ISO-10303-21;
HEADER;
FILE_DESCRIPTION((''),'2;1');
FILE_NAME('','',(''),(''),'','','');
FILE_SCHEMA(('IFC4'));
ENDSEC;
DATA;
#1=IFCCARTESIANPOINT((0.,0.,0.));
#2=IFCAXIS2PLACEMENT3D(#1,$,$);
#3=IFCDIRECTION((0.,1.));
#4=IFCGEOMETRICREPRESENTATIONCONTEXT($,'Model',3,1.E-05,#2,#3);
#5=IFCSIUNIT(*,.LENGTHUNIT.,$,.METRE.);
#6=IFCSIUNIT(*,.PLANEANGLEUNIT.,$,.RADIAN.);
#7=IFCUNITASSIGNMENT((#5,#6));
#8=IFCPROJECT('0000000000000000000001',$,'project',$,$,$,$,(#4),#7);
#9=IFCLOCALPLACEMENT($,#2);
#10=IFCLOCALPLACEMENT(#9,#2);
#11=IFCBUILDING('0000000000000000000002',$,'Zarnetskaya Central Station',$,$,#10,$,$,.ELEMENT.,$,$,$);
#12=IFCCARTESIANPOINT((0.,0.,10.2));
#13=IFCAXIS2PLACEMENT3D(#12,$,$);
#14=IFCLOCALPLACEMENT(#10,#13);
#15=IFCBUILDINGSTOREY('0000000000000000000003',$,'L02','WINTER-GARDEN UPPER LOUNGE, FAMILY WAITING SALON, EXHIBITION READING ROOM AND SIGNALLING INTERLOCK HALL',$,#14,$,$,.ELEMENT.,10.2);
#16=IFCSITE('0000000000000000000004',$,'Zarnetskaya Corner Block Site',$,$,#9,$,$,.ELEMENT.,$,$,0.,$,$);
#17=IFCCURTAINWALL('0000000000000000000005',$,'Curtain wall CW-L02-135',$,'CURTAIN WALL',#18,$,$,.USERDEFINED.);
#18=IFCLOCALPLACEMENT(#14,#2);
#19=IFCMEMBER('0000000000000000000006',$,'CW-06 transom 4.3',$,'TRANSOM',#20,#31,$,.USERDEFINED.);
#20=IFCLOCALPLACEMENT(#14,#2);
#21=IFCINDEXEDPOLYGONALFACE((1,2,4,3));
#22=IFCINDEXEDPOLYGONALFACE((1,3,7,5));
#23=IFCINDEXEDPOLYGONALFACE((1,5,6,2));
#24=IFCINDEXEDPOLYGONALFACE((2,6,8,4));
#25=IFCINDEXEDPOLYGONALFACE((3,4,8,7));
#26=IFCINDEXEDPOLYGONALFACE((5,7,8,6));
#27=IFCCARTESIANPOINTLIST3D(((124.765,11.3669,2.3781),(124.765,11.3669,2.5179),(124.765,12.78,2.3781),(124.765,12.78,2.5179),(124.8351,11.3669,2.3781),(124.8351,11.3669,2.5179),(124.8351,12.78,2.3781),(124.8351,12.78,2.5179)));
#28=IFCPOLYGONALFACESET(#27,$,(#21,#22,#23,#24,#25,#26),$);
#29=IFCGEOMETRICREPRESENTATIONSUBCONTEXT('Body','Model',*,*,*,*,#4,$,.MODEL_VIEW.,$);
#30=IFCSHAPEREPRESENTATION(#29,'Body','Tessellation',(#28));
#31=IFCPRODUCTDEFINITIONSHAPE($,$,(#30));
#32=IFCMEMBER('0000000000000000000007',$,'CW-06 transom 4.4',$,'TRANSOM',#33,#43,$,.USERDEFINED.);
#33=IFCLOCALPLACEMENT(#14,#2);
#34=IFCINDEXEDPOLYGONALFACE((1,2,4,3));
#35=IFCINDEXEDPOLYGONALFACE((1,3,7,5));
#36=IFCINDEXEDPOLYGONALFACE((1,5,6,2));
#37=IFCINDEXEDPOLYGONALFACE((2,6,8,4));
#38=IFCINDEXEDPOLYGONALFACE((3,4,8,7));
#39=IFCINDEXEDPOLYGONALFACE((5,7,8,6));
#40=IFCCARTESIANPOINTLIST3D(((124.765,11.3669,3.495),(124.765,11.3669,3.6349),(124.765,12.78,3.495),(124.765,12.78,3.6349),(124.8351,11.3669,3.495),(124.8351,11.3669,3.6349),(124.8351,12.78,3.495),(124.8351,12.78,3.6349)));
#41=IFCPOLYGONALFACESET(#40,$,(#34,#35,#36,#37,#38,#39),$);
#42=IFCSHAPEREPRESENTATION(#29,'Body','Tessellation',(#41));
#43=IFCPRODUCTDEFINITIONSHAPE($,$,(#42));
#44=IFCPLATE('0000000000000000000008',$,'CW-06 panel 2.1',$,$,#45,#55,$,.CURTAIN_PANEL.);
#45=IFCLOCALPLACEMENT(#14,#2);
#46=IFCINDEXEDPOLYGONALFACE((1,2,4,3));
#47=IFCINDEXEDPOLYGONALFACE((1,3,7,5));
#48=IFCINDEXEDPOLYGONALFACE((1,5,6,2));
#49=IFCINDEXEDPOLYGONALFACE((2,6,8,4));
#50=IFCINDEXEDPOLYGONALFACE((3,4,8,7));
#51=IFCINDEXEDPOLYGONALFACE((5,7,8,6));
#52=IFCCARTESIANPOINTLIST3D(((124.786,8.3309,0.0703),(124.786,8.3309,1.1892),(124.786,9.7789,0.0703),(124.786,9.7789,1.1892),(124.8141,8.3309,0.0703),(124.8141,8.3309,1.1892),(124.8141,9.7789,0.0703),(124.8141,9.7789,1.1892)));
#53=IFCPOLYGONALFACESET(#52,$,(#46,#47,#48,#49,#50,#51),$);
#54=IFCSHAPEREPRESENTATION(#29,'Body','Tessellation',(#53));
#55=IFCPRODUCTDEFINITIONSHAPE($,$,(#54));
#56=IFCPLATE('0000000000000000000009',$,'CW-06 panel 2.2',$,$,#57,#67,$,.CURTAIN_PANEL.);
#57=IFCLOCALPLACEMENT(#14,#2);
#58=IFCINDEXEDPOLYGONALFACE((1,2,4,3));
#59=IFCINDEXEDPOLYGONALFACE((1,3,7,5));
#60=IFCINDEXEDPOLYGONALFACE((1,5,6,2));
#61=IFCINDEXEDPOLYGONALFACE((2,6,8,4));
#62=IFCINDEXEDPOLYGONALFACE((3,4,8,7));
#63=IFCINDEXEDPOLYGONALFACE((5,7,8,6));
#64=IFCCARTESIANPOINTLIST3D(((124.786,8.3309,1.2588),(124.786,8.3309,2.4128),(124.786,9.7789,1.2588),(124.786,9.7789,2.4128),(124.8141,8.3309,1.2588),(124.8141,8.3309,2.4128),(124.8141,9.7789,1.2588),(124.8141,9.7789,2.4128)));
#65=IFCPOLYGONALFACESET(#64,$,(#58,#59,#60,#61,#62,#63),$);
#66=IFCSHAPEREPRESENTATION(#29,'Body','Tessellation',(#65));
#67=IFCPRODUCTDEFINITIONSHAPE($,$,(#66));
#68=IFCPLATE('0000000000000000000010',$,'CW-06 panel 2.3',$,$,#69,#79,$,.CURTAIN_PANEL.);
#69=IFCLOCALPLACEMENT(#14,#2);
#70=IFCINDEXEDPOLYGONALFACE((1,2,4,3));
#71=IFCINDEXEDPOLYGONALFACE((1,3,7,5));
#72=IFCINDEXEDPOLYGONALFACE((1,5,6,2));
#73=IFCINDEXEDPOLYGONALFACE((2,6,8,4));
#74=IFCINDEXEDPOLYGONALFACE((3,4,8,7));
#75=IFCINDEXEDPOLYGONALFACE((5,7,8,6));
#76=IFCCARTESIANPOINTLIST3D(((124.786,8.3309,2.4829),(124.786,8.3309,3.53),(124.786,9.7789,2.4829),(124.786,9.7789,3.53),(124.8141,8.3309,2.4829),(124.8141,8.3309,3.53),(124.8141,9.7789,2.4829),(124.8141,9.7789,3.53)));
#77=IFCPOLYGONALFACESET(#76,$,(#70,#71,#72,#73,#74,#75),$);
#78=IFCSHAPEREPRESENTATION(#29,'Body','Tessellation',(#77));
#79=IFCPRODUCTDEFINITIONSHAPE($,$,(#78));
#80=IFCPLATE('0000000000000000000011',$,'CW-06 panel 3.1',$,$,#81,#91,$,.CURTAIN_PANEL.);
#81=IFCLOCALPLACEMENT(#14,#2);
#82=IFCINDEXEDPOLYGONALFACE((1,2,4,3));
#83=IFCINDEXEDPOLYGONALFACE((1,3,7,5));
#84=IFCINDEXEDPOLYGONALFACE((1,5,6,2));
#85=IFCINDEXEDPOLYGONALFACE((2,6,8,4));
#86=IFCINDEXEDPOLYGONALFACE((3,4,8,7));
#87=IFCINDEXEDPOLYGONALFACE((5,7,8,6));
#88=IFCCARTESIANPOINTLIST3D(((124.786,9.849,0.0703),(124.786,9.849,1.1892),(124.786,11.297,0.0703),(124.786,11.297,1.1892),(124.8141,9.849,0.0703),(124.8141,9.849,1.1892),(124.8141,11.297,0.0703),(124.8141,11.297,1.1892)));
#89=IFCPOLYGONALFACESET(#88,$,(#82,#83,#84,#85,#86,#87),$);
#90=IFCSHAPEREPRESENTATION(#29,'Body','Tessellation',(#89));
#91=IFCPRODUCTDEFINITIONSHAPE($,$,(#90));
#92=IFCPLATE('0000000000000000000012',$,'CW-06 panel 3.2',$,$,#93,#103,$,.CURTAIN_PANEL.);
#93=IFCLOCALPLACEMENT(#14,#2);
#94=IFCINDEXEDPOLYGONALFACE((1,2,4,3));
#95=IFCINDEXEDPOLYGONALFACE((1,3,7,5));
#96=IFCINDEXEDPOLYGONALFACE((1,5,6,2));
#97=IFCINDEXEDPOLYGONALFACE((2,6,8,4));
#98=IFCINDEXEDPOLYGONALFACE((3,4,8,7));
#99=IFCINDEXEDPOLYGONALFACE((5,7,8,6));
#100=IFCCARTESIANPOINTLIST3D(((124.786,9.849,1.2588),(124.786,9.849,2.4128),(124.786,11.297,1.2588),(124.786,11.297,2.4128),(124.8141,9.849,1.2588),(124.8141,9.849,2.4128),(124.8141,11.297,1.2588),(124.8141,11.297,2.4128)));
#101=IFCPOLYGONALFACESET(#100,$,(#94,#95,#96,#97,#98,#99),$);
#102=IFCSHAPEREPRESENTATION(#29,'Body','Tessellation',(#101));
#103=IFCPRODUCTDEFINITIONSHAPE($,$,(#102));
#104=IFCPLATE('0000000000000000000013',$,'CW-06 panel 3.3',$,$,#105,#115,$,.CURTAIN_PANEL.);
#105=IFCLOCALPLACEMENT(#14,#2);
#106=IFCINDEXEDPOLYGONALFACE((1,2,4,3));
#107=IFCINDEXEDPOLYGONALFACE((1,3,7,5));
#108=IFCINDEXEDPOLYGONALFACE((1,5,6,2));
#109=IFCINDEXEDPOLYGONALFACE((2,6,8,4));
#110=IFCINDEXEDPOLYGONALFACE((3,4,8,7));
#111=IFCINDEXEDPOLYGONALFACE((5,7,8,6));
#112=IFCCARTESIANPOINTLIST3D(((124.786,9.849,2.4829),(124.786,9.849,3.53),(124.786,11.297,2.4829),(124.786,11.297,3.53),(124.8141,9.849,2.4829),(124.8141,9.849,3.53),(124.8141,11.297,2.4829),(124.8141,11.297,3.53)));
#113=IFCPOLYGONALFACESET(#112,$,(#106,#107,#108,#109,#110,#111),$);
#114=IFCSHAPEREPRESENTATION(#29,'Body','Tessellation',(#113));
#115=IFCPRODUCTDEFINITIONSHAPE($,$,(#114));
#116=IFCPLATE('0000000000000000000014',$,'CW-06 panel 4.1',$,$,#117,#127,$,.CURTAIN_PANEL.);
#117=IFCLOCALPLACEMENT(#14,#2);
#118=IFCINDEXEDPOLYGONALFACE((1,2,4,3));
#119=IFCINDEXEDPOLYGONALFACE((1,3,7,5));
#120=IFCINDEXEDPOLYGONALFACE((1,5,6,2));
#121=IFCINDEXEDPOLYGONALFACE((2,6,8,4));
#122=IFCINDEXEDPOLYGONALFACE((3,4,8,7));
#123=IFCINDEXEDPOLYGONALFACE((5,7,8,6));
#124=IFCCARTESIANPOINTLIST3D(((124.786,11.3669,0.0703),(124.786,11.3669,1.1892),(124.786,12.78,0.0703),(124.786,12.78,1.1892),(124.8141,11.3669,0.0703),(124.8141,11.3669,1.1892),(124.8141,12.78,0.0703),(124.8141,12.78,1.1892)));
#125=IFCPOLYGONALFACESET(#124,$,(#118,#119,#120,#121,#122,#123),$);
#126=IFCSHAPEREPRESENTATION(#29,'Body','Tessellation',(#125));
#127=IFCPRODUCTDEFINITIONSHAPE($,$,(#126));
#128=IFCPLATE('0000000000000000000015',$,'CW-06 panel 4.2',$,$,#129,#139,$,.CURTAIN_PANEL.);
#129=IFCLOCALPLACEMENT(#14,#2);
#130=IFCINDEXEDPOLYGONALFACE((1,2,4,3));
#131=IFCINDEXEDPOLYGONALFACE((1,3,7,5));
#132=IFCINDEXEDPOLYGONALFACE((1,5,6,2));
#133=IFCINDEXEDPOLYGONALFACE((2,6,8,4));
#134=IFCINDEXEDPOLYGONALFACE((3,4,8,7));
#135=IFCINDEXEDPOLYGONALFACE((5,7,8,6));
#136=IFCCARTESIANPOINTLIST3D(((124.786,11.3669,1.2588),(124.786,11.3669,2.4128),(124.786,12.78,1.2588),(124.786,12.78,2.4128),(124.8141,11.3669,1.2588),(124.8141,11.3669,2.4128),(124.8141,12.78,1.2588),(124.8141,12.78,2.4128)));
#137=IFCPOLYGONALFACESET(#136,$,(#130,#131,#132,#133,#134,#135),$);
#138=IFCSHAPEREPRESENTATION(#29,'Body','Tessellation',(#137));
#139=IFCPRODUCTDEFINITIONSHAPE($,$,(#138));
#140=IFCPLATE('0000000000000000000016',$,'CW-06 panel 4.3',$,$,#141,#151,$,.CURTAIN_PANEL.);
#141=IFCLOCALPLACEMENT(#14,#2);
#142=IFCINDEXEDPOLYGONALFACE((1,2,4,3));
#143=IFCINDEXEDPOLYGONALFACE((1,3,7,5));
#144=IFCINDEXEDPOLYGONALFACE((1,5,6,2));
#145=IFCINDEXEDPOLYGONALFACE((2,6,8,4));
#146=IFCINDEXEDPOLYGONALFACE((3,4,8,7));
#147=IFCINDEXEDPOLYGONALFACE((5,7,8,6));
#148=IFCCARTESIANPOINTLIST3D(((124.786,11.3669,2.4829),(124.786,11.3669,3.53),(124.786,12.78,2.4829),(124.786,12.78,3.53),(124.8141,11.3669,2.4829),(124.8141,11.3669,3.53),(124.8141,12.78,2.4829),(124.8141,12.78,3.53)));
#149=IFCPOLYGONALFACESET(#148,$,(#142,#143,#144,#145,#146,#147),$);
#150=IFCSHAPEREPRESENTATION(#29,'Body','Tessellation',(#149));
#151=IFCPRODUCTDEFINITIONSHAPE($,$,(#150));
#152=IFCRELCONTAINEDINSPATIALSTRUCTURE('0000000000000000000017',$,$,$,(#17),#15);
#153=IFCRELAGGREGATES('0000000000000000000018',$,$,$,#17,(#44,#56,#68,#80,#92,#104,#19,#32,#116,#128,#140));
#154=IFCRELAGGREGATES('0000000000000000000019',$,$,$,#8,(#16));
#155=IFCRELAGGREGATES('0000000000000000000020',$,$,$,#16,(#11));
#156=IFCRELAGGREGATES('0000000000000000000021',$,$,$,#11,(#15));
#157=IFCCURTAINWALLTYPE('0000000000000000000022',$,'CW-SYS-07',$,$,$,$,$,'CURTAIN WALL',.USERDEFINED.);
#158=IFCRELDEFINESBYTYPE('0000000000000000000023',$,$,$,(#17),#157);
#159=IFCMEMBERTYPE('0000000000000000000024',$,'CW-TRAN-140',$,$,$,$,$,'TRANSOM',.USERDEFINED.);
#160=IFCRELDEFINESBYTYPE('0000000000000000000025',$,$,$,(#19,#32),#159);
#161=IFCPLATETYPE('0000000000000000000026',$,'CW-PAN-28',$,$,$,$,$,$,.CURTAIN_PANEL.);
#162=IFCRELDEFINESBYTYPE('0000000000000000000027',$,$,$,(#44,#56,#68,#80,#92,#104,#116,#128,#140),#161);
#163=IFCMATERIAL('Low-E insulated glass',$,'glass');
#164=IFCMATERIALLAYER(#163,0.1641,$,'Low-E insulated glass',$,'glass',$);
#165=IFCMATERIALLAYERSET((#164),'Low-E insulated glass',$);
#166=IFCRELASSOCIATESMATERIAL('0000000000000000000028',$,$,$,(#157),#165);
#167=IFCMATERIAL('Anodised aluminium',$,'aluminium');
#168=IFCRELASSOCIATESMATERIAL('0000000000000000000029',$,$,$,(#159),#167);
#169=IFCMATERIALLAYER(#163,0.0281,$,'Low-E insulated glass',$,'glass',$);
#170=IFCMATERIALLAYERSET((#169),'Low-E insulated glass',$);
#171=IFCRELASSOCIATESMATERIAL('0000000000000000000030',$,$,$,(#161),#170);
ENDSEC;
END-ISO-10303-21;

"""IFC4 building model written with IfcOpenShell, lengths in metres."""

from ifc_helpers import new_model, si_unit, direction, frame, origin, origin_2d, place, context, subcontext, project, spatial, rectangle, extrude, material, layer, layer_set, material_profile, profile_set, type_object, element, aggregate, save


model = new_model("IFC4")

# Units and contexts
model_context = context("Model", 3, precision=1e-05, world=origin(), true_north=direction((0.0, 1.0)))
body_context = subcontext(model_context, "Body", "Model", "MODEL_VIEW")
ifc_project = project(units=[si_unit("LENGTHUNIT", "METRE"), si_unit("PLANEANGLEUNIT", "RADIAN")], contexts=[model_context])

# Site, building, storey
site_placement = place(None, origin())
site = spatial("IfcSite", under=ifc_project, at=site_placement, Name="Zarnetskaya Corner Block Site", CompositionType="ELEMENT", RefElevation=0.0)
building_placement = place(site_placement, origin())
building = spatial("IfcBuilding", under=site, at=building_placement, Name="Zarnetskaya Central Station", CompositionType="ELEMENT")
storey_placement = place(building_placement, frame((0.0, 0.0, 10.2)))
storey = spatial("IfcBuildingStorey", under=building, at=storey_placement, Name="L02", Description="WINTER-GARDEN UPPER LOUNGE, FAMILY WAITING SALON, EXHIBITION READING ROOM AND SIGNALLING INTERLOCK HALL", CompositionType="ELEMENT", Elevation=10.2)

# Curtain wall, members, plates
ifc_material_1 = material(Name="Low-E insulated glass", Category="glass")
ifc_layer_1 = layer(ifc_material_1, 0.1641, Name="Low-E insulated glass", Category="glass")
ifc_layer_set_1 = layer_set([ifc_layer_1], Name="Low-E insulated glass")
curtain_wall_type = type_object("IfcCurtainWallType", Name="CW-SYS-07", ElementType="CURTAIN WALL", PredefinedType="USERDEFINED", material=ifc_layer_set_1)
curtain_wall_placement = place(storey_placement, origin())
curtain_wall = element("IfcCurtainWall", 1, at=curtain_wall_placement, inside=storey, type_object=curtain_wall_type, Name="Curtain wall CW-L02-135", ObjectType="CURTAIN WALL", PredefinedType="USERDEFINED")
ifc_material_2 = material(Name="Anodised aluminium", Category="aluminium")
ifc_material_profile_1 = material_profile(ifc_material_2, rectangle(XDim=0.0701, YDim=0.1399, at=origin_2d()), Name="ALU TRAN 70x140")
ifc_profile_set_1 = profile_set([ifc_material_profile_1], Name="Anodised aluminium")
member_type_1 = type_object("IfcMemberType", Name="CW-TRAN-140", ElementType="TRANSOM", PredefinedType="USERDEFINED", material=ifc_profile_set_1)
member_1_placement = place(storey_placement, frame((124.8, 11.3669, 2.448), z_axis=(0.0, 1.0, 0.0), x_axis=(-1.0, 0.0, 0.0)))
member_1 = element("IfcMember", 2, at=member_1_placement, type_object=member_type_1, Name="CW-06 transom 4.3", ObjectType="TRANSOM", PredefinedType="USERDEFINED", context=body_context, shape_type="SweptSolid", body=[
    extrude(rectangle(XDim=0.0701, YDim=0.1399, at=origin_2d()), origin(), (0.0, 0.0, 1.0), 1.4131),
])
member_2_placement = place(storey_placement, frame((124.8, 11.3669, 3.5649), z_axis=(0.0, 1.0, 0.0), x_axis=(-1.0, 0.0, 0.0)))
member_2 = element("IfcMember", 3, at=member_2_placement, type_object=member_type_1, Name="CW-06 transom 4.4", ObjectType="TRANSOM", PredefinedType="USERDEFINED", context=body_context, shape_type="SweptSolid", body=[
    extrude(rectangle(XDim=0.0701, YDim=0.1399, at=origin_2d()), origin(), (0.0, 0.0, 1.0), 1.4131),
])
ifc_layer_2 = layer(ifc_material_1, 0.0281, Name="Low-E insulated glass", Category="glass")
ifc_layer_set_2 = layer_set([ifc_layer_2], Name="Low-E insulated glass")
plate_type = type_object("IfcPlateType", Name="CW-PAN-28", PredefinedType="CURTAIN_PANEL", material=ifc_layer_set_2)
plate_1_placement = place(storey_placement, frame((124.8, 9.0549, 0.0703), z_axis=(0.0, 0.0, 1.0), x_axis=(0.0, 1.0, 0.0)))
plate_1 = element("IfcPlate", 4, at=plate_1_placement, type_object=plate_type, Name="CW-06 panel 2.1", PredefinedType="CURTAIN_PANEL", context=body_context, shape_type="SweptSolid", body=[
    extrude(rectangle(XDim=1.448, YDim=0.0281, at=origin_2d()), origin(), (0.0, 0.0, 1.0), 1.1189),
])
plate_2_placement = place(storey_placement, frame((124.8, 9.0549, 1.2588), z_axis=(0.0, 0.0, 1.0), x_axis=(0.0, 1.0, 0.0)))
plate_2 = element("IfcPlate", 5, at=plate_2_placement, type_object=plate_type, Name="CW-06 panel 2.2", PredefinedType="CURTAIN_PANEL", context=body_context, shape_type="SweptSolid", body=[
    extrude(rectangle(XDim=1.448, YDim=0.0281, at=origin_2d()), origin(), (0.0, 0.0, 1.0), 1.1541),
])
plate_3_placement = place(storey_placement, frame((124.8, 9.0549, 2.4829), z_axis=(0.0, 0.0, 1.0), x_axis=(0.0, 1.0, 0.0)))
plate_3 = element("IfcPlate", 6, at=plate_3_placement, type_object=plate_type, Name="CW-06 panel 2.3", PredefinedType="CURTAIN_PANEL", context=body_context, shape_type="SweptSolid", body=[
    extrude(rectangle(XDim=1.448, YDim=0.0281, at=origin_2d()), origin(), (0.0, 0.0, 1.0), 1.0471),
])
plate_4_placement = place(storey_placement, frame((124.8, 10.573, 0.0703), z_axis=(0.0, 0.0, 1.0), x_axis=(0.0, 1.0, 0.0)))
plate_4 = element("IfcPlate", 7, at=plate_4_placement, type_object=plate_type, Name="CW-06 panel 3.1", PredefinedType="CURTAIN_PANEL", context=body_context, shape_type="SweptSolid", body=[
    extrude(rectangle(XDim=1.448, YDim=0.0281, at=origin_2d()), origin(), (0.0, 0.0, 1.0), 1.1189),
])
plate_5_placement = place(storey_placement, frame((124.8, 10.573, 1.2588), z_axis=(0.0, 0.0, 1.0), x_axis=(0.0, 1.0, 0.0)))
plate_5 = element("IfcPlate", 8, at=plate_5_placement, type_object=plate_type, Name="CW-06 panel 3.2", PredefinedType="CURTAIN_PANEL", context=body_context, shape_type="SweptSolid", body=[
    extrude(rectangle(XDim=1.448, YDim=0.0281, at=origin_2d()), origin(), (0.0, 0.0, 1.0), 1.1541),
])
plate_6_placement = place(storey_placement, frame((124.8, 10.573, 2.4829), z_axis=(0.0, 0.0, 1.0), x_axis=(0.0, 1.0, 0.0)))
plate_6 = element("IfcPlate", 9, at=plate_6_placement, type_object=plate_type, Name="CW-06 panel 3.3", PredefinedType="CURTAIN_PANEL", context=body_context, shape_type="SweptSolid", body=[
    extrude(rectangle(XDim=1.448, YDim=0.0281, at=origin_2d()), origin(), (0.0, 0.0, 1.0), 1.0471),
])
plate_7_placement = place(storey_placement, frame((124.8, 12.0735, 0.0703), z_axis=(0.0, 0.0, 1.0), x_axis=(0.0, 1.0, 0.0)))
plate_7 = element("IfcPlate", 10, at=plate_7_placement, type_object=plate_type, Name="CW-06 panel 4.1", PredefinedType="CURTAIN_PANEL", context=body_context, shape_type="SweptSolid", body=[
    extrude(rectangle(XDim=1.4131, YDim=0.0281, at=origin_2d()), origin(), (0.0, 0.0, 1.0), 1.1189),
])
plate_8_placement = place(storey_placement, frame((124.8, 12.0735, 1.2588), z_axis=(0.0, 0.0, 1.0), x_axis=(0.0, 1.0, 0.0)))
plate_8 = element("IfcPlate", 11, at=plate_8_placement, type_object=plate_type, Name="CW-06 panel 4.2", PredefinedType="CURTAIN_PANEL", context=body_context, shape_type="SweptSolid", body=[
    extrude(rectangle(XDim=1.4131, YDim=0.0281, at=origin_2d()), origin(), (0.0, 0.0, 1.0), 1.1541),
])
plate_9_placement = place(storey_placement, frame((124.8, 12.0735, 2.4829), z_axis=(0.0, 0.0, 1.0), x_axis=(0.0, 1.0, 0.0)))
plate_9 = element("IfcPlate", 12, at=plate_9_placement, type_object=plate_type, Name="CW-06 panel 4.3", PredefinedType="CURTAIN_PANEL", context=body_context, shape_type="SweptSolid", body=[
    extrude(rectangle(XDim=1.4131, YDim=0.0281, at=origin_2d()), origin(), (0.0, 0.0, 1.0), 1.0471),
])
aggregate(curtain_wall, [plate_1, plate_2, plate_3, plate_4, plate_5, plate_6, member_1, member_2, plate_7, plate_8, plate_9])

save(model, "model.ifc")
